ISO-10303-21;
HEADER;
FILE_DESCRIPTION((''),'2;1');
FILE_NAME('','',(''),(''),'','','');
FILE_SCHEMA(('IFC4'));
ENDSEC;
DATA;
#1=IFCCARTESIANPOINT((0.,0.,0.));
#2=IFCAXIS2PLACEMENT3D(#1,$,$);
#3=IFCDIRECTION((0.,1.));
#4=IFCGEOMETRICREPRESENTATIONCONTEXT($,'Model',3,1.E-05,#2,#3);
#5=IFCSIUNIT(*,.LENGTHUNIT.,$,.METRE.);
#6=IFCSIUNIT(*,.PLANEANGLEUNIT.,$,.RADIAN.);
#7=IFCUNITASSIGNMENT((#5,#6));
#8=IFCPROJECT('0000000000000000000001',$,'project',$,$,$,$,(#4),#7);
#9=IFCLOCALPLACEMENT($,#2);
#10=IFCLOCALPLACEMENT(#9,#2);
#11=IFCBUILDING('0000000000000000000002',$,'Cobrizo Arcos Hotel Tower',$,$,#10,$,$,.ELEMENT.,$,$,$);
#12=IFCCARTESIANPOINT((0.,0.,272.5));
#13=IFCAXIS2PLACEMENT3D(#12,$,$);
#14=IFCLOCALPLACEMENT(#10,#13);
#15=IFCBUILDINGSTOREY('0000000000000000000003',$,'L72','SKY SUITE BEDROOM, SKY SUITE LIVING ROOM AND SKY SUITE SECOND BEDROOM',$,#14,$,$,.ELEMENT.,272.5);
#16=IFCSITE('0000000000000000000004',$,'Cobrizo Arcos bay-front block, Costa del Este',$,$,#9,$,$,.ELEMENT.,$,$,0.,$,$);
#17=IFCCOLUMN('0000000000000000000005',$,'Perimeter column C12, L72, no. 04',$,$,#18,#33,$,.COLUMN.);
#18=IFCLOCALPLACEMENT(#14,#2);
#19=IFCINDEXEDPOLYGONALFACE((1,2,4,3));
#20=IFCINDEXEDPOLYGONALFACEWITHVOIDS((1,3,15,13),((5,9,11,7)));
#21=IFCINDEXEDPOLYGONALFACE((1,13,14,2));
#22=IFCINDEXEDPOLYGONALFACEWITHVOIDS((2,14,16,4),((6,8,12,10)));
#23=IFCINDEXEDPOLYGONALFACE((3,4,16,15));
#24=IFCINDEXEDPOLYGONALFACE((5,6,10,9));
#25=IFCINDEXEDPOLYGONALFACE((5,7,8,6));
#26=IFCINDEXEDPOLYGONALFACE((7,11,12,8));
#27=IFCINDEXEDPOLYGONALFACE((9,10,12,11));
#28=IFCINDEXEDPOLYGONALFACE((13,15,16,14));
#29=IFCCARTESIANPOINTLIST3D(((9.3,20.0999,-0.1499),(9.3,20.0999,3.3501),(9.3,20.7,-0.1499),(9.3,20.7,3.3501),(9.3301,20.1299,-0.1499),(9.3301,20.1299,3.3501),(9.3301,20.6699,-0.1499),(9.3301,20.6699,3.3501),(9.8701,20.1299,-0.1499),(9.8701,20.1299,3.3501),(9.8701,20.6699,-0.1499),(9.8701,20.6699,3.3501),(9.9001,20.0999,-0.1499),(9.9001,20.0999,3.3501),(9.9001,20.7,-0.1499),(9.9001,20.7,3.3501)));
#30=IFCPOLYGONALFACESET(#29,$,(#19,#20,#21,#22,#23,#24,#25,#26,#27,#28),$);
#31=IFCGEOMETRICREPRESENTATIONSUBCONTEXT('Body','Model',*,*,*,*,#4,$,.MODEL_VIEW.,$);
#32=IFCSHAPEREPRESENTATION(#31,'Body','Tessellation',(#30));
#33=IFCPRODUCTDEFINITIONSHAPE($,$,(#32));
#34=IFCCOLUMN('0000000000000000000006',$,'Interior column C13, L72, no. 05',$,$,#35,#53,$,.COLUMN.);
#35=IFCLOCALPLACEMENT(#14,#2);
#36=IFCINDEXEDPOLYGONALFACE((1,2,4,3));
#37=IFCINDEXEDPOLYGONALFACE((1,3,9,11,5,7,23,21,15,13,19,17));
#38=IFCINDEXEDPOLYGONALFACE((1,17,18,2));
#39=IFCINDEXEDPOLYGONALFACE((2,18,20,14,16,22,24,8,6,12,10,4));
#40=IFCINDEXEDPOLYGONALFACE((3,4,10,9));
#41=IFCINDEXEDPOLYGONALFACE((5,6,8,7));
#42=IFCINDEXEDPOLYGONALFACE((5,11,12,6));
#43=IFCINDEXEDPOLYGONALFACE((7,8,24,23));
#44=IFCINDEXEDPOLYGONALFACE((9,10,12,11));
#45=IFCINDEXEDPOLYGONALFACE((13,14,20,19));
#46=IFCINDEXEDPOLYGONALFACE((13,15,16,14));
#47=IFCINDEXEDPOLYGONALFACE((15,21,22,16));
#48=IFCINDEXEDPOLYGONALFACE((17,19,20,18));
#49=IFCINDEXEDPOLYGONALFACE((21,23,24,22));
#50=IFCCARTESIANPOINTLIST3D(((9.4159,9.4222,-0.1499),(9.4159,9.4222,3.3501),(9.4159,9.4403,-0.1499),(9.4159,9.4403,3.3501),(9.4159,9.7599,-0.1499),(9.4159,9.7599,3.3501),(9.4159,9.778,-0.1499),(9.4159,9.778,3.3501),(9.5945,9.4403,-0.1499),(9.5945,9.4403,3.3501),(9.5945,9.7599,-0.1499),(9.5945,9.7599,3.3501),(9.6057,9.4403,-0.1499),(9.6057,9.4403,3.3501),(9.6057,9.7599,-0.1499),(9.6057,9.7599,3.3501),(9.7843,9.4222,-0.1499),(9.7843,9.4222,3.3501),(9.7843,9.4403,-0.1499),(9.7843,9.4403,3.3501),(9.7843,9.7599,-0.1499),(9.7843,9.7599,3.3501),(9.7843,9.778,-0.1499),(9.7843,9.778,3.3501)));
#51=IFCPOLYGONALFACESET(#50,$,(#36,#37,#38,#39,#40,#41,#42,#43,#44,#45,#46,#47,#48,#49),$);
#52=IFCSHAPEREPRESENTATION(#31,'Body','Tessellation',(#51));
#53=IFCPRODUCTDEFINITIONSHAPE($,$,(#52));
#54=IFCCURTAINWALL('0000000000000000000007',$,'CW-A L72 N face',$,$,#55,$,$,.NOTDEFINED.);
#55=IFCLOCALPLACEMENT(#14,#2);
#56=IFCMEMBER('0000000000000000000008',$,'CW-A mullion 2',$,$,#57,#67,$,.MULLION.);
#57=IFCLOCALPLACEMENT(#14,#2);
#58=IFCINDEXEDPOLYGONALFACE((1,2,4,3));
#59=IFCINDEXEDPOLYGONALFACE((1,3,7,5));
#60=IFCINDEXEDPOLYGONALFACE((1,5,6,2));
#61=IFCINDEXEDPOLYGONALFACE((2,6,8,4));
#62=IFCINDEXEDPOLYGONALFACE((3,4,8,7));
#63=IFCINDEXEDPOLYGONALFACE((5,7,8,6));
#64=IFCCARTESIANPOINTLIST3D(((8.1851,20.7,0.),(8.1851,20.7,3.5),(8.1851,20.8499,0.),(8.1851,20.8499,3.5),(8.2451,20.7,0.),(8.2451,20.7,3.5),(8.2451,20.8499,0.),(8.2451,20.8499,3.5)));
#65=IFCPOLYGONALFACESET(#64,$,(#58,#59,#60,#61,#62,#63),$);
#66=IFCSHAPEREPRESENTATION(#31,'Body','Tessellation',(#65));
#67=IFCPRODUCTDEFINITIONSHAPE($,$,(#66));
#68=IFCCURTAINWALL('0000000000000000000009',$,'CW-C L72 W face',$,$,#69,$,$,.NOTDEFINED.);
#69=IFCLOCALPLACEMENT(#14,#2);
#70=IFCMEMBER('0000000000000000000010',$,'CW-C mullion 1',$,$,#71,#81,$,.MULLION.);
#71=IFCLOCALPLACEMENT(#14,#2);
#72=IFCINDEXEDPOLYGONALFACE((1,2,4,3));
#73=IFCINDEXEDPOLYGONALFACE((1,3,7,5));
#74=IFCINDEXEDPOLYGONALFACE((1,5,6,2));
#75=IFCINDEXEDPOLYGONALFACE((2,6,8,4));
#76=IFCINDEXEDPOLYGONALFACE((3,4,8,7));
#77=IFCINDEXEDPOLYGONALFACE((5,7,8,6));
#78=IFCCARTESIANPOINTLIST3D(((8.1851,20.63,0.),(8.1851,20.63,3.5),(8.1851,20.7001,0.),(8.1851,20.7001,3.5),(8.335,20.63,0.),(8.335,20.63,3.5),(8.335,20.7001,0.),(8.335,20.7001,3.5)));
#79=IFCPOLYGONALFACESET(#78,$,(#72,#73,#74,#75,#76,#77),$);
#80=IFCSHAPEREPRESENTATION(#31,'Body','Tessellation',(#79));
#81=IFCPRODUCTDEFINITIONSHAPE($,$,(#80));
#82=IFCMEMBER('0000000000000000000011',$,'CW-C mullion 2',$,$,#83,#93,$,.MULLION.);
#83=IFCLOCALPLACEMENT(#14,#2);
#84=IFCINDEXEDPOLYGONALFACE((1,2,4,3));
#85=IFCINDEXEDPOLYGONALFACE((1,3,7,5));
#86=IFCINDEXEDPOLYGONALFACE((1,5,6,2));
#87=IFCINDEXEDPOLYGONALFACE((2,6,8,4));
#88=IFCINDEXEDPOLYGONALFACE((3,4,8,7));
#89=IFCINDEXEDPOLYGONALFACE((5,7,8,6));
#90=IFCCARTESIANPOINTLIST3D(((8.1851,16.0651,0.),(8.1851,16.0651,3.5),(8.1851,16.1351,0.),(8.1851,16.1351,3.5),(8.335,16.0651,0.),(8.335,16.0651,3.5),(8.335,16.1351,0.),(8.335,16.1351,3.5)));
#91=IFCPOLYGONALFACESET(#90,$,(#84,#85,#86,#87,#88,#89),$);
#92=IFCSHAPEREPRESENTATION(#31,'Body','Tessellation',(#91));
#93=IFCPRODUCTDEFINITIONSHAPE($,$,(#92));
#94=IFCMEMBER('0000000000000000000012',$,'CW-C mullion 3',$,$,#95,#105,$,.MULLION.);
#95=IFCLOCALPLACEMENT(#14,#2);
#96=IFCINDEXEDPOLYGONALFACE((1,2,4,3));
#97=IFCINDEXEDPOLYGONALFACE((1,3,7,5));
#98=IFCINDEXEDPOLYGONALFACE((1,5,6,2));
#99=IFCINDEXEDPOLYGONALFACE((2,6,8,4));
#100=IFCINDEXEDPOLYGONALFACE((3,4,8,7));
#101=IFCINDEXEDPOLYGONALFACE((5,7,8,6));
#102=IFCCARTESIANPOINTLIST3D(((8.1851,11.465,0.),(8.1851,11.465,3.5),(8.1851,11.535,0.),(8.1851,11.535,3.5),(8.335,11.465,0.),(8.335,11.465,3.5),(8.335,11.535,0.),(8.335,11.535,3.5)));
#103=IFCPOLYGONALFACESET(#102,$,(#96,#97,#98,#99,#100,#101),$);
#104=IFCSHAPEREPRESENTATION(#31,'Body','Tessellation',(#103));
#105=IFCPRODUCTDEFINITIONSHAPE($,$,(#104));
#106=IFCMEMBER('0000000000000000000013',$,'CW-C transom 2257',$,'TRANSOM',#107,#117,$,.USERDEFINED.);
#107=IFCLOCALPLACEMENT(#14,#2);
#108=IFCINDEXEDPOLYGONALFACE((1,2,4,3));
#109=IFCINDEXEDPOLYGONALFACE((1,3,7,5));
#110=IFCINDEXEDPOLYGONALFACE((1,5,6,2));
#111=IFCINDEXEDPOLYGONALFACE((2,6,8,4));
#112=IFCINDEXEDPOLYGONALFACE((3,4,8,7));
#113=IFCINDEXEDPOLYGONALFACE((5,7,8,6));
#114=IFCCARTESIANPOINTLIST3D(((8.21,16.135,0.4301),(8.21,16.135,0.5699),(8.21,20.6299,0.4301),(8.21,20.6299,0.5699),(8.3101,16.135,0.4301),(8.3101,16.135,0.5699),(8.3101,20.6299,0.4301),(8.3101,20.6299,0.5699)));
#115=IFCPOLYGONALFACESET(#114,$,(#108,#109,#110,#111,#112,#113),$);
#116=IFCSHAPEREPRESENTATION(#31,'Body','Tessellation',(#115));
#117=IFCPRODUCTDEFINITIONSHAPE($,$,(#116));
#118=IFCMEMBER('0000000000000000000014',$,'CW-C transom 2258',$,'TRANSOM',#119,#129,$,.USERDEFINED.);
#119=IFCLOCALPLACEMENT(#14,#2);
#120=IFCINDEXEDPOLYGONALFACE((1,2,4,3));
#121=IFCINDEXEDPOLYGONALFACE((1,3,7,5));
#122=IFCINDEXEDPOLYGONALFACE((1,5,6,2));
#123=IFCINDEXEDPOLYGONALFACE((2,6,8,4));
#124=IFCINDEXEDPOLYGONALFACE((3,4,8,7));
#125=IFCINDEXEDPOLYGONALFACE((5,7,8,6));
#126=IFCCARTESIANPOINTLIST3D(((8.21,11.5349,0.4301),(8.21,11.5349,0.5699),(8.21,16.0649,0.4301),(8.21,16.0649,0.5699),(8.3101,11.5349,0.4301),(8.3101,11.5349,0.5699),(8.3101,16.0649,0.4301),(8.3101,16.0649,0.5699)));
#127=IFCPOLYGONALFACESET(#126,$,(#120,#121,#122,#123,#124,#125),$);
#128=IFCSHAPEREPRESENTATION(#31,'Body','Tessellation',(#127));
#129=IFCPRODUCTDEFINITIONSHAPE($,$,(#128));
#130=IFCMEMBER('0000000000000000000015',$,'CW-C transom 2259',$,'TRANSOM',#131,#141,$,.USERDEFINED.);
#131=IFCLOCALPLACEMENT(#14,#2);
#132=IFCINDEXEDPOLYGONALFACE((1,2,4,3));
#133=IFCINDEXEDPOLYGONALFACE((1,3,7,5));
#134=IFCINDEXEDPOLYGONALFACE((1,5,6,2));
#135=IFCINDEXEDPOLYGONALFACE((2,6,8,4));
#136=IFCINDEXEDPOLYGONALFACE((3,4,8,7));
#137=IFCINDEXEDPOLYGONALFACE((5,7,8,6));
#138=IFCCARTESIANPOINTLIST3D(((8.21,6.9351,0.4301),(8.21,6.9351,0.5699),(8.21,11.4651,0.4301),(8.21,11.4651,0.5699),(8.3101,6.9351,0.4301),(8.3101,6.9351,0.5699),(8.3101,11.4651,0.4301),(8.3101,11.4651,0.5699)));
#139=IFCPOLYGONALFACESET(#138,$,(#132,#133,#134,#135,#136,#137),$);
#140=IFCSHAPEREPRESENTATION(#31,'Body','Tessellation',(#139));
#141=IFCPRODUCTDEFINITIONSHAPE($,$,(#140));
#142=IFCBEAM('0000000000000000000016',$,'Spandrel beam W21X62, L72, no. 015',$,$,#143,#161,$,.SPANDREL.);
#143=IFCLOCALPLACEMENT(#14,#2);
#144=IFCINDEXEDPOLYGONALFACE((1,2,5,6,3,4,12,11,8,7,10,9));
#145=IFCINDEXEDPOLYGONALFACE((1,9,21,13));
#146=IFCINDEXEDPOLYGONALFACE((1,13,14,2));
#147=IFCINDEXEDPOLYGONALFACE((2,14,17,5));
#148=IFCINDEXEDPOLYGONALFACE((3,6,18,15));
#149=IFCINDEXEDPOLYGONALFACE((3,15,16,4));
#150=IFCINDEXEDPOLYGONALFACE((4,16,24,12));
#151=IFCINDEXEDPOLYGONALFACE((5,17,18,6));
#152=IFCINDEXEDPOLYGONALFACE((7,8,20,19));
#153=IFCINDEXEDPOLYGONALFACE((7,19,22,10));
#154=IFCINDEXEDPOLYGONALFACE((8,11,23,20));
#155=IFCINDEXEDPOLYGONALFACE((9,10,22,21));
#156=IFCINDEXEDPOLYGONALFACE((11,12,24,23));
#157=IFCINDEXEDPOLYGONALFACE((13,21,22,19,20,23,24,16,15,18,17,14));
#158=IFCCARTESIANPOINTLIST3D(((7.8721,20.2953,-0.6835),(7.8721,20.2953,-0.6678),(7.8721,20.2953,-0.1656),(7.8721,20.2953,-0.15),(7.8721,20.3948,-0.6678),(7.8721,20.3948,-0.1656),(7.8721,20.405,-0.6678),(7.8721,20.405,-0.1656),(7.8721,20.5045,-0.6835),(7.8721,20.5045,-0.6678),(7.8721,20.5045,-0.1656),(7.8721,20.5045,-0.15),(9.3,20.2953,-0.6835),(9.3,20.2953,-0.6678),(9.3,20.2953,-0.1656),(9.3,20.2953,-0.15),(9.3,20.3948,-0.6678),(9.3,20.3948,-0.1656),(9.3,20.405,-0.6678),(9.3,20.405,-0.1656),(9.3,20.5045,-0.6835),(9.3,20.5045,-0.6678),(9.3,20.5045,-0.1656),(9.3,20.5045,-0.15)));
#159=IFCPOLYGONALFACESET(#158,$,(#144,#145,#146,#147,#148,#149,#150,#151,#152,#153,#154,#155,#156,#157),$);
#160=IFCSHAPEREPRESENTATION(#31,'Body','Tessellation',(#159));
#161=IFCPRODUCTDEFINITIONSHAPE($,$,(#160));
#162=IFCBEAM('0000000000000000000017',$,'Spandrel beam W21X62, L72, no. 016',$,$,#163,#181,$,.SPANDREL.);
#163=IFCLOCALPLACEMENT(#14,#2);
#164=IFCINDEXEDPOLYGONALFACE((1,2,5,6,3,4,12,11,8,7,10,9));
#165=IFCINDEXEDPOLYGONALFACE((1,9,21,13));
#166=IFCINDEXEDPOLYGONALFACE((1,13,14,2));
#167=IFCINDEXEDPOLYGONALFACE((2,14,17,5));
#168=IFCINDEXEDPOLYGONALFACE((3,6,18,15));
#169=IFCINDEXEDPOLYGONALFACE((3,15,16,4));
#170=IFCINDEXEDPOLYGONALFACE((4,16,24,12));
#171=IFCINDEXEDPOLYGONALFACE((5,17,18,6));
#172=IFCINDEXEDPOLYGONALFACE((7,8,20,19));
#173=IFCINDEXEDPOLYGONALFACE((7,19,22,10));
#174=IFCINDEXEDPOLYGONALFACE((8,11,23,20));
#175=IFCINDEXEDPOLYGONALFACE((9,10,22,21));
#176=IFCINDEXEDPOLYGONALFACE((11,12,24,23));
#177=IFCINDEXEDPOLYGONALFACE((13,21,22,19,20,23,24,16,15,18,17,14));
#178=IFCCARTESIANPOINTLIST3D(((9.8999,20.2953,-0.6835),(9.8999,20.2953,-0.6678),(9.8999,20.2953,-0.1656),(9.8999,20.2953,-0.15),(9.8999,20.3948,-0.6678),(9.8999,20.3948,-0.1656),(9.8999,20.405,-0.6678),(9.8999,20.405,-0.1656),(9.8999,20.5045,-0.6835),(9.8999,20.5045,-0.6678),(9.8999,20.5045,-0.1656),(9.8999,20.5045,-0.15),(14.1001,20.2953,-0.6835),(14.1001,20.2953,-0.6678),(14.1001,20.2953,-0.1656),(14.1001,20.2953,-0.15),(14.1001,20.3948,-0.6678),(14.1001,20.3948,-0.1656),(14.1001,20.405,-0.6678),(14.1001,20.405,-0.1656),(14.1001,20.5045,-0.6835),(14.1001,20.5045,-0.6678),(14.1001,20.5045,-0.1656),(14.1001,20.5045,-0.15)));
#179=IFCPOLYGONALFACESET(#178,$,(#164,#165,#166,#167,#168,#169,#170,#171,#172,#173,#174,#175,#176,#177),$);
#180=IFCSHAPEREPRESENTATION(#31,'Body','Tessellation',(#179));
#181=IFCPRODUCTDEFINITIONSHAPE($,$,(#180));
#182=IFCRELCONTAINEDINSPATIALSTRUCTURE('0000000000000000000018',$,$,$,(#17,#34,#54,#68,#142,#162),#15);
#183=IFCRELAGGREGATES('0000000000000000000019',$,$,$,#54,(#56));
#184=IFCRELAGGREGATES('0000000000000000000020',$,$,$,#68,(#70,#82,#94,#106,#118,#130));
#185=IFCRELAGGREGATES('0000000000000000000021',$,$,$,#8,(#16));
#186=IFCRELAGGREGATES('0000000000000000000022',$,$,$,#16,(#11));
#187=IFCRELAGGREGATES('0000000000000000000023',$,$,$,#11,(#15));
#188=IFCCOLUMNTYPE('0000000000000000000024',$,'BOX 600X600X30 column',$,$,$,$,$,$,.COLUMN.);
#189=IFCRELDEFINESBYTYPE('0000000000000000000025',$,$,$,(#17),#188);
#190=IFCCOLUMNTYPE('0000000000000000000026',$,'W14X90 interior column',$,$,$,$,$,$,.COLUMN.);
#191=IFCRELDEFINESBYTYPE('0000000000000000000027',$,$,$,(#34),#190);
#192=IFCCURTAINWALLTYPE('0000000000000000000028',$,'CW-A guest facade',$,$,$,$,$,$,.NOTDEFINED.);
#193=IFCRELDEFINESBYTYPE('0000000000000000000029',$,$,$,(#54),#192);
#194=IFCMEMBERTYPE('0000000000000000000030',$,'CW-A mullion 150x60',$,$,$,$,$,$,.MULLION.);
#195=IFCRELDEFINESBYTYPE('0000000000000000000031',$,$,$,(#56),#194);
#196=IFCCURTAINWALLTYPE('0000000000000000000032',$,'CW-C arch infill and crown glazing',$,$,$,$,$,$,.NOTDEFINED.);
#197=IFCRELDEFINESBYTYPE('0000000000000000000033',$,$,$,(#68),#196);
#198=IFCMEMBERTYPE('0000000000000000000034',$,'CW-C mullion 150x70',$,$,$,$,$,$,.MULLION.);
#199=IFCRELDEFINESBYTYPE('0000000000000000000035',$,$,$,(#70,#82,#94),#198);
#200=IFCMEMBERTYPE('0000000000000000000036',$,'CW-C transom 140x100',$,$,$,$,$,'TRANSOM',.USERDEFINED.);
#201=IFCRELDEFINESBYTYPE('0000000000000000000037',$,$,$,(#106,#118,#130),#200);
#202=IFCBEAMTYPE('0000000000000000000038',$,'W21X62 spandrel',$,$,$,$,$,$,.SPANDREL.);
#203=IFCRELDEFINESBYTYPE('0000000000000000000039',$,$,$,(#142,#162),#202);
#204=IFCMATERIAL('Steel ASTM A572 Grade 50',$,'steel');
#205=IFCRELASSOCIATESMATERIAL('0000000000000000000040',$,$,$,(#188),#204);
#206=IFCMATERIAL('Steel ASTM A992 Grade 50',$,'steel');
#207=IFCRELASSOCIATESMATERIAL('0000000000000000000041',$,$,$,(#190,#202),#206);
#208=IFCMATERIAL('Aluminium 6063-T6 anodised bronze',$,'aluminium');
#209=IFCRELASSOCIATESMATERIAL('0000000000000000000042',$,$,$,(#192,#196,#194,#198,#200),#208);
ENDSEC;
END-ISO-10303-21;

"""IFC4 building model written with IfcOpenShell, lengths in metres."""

from ifc_helpers import new_model, si_unit, direction, frame, origin, origin_2d, place, context, subcontext, project, spatial, rectangle, hollow_rectangle, i_section, extrude, material, material_profile, profile_set, type_object, element, aggregate, save


model = new_model("IFC4")

# Units and contexts
model_context = context("Model", 3, precision=1e-05, world=origin(), true_north=direction((0.0, 1.0)))
body_context = subcontext(model_context, "Body", "Model", "MODEL_VIEW")
ifc_project = project(units=[si_unit("LENGTHUNIT", "METRE"), si_unit("PLANEANGLEUNIT", "RADIAN")], contexts=[model_context])

# Site, building, storey
site_placement = place(None, origin())
site = spatial("IfcSite", under=ifc_project, at=site_placement, Name="Cobrizo Arcos bay-front block, Costa del Este", CompositionType="ELEMENT", RefElevation=0.0)
building_placement = place(site_placement, origin())
building = spatial("IfcBuilding", under=site, at=building_placement, Name="Cobrizo Arcos Hotel Tower", CompositionType="ELEMENT")
storey_placement = place(building_placement, frame((0.0, 0.0, 272.5)))
storey = spatial("IfcBuildingStorey", under=building, at=storey_placement, Name="L72", Description="SKY SUITE BEDROOM, SKY SUITE LIVING ROOM AND SKY SUITE SECOND BEDROOM", CompositionType="ELEMENT", Elevation=272.5)

# Columns
ifc_material_1 = material(Name="Steel ASTM A572 Grade 50", Category="steel")
ifc_material_profile_1 = material_profile(ifc_material_1, hollow_rectangle(XDim=0.6001, YDim=0.6001, WallThickness=0.03, at=origin_2d()), Name="BOX 600X600X30")
ifc_profile_set_1 = profile_set([ifc_material_profile_1], Name="Steel ASTM A572 Grade 50")
column_type_1 = type_object("IfcColumnType", Name="BOX 600X600X30 column", PredefinedType="COLUMN", material=ifc_profile_set_1)
column_1_placement = place(storey_placement, frame((9.6001, 20.3999, -0.1499), z_axis=(0.0, 0.0, 1.0), x_axis=(1.0, 0.0, 0.0)))
element("IfcColumn", 1, at=column_1_placement, inside=storey, type_object=column_type_1, Name="Perimeter column C12, L72, no. 04", PredefinedType="COLUMN", context=body_context, shape_type="SweptSolid", body=[
    extrude(hollow_rectangle(XDim=0.6001, YDim=0.6001, WallThickness=0.03, at=origin_2d()), origin(), (0.0, 0.0, 1.0), 3.5),
])
ifc_material_2 = material(Name="Steel ASTM A992 Grade 50", Category="steel")
ifc_material_profile_2 = material_profile(ifc_material_2, i_section(OverallWidth=0.3684, OverallDepth=0.3557, WebThickness=0.0112, FlangeThickness=0.0181, at=origin_2d()), Name="W14X90")
ifc_profile_set_2 = profile_set([ifc_material_profile_2], Name="Steel ASTM A992 Grade 50")
column_type_2 = type_object("IfcColumnType", Name="W14X90 interior column", PredefinedType="COLUMN", material=ifc_profile_set_2)
column_2_placement = place(storey_placement, frame((9.6001, 9.6001, -0.1499), z_axis=(0.0, 0.0, 1.0), x_axis=(1.0, 0.0, 0.0)))
element("IfcColumn", 2, at=column_2_placement, inside=storey, type_object=column_type_2, Name="Interior column C13, L72, no. 05", PredefinedType="COLUMN", context=body_context, shape_type="SweptSolid", body=[
    extrude(i_section(OverallWidth=0.3684, OverallDepth=0.3557, WebThickness=0.0112, FlangeThickness=0.0181, at=origin_2d()), origin(), (0.0, 0.0, 1.0), 3.5),
])

# Curtain wall, member
ifc_material_3 = material(Name="Aluminium 6063-T6 anodised bronze", Category="aluminium")
curtain_wall_type_1 = type_object("IfcCurtainWallType", Name="CW-A guest facade", PredefinedType="NOTDEFINED", material=ifc_material_3)
curtain_wall_1_placement = place(storey_placement, origin())
curtain_wall_1 = element("IfcCurtainWall", 3, at=curtain_wall_1_placement, inside=storey, type_object=curtain_wall_type_1, Name="CW-A L72 N face", PredefinedType="NOTDEFINED")
ifc_material_profile_3 = material_profile(ifc_material_3, rectangle(XDim=0.1499, YDim=0.0601, at=origin_2d()), Name="CW-A mullion 150x60")
ifc_profile_set_3 = profile_set([ifc_material_profile_3], Name="Aluminium 6063-T6 anodised bronze")
member_type_1 = type_object("IfcMemberType", Name="CW-A mullion 150x60", PredefinedType="MULLION", material=ifc_profile_set_3)
member_1_placement = place(storey_placement, frame((8.2151, 20.7749, 0.0), z_axis=(0.0, 0.0, 1.0), x_axis=(0.0, 1.0, 0.0)))
member_1 = element("IfcMember", 4, at=member_1_placement, type_object=member_type_1, Name="CW-A mullion 2", PredefinedType="MULLION", context=body_context, shape_type="SweptSolid", body=[
    extrude(rectangle(XDim=0.1499, YDim=0.0601, at=origin_2d()), origin(), (0.0, 0.0, 1.0), 3.5),
])

# Curtain wall, members
curtain_wall_type_2 = type_object("IfcCurtainWallType", Name="CW-C arch infill and crown glazing", PredefinedType="NOTDEFINED", material=ifc_material_3)
curtain_wall_2_placement = place(storey_placement, origin())
curtain_wall_2 = element("IfcCurtainWall", 5, at=curtain_wall_2_placement, inside=storey, type_object=curtain_wall_type_2, Name="CW-C L72 W face", PredefinedType="NOTDEFINED")
ifc_material_profile_4 = material_profile(ifc_material_3, rectangle(XDim=0.1499, YDim=0.0701, at=origin_2d()), Name="CW-C mullion 150x70")
ifc_profile_set_4 = profile_set([ifc_material_profile_4], Name="Aluminium 6063-T6 anodised bronze")
member_type_2 = type_object("IfcMemberType", Name="CW-C mullion 150x70", PredefinedType="MULLION", material=ifc_profile_set_4)
member_2_placement = place(storey_placement, frame((8.26, 20.665, 0.0), z_axis=(0.0, 0.0, 1.0), x_axis=(-1.0, 0.0, 0.0)))
member_2 = element("IfcMember", 6, at=member_2_placement, type_object=member_type_2, Name="CW-C mullion 1", PredefinedType="MULLION", context=body_context, shape_type="SweptSolid", body=[
    extrude(rectangle(XDim=0.1499, YDim=0.0701, at=origin_2d()), origin(), (0.0, 0.0, 1.0), 3.5),
])
member_3_placement = place(storey_placement, frame((8.26, 16.1001, 0.0), z_axis=(0.0, 0.0, 1.0), x_axis=(-1.0, 0.0, 0.0)))
member_3 = element("IfcMember", 7, at=member_3_placement, type_object=member_type_2, Name="CW-C mullion 2", PredefinedType="MULLION", context=body_context, shape_type="SweptSolid", body=[
    extrude(rectangle(XDim=0.1499, YDim=0.0701, at=origin_2d()), origin(), (0.0, 0.0, 1.0), 3.5),
])
member_4_placement = place(storey_placement, frame((8.26, 11.5, 0.0), z_axis=(0.0, 0.0, 1.0), x_axis=(-1.0, 0.0, 0.0)))
member_4 = element("IfcMember", 8, at=member_4_placement, type_object=member_type_2, Name="CW-C mullion 3", PredefinedType="MULLION", context=body_context, shape_type="SweptSolid", body=[
    extrude(rectangle(XDim=0.1499, YDim=0.0701, at=origin_2d()), origin(), (0.0, 0.0, 1.0), 3.5),
])
ifc_material_profile_5 = material_profile(ifc_material_3, rectangle(XDim=0.1001, YDim=0.1399, at=origin_2d()), Name="CW-C transom 140x100")
ifc_profile_set_5 = profile_set([ifc_material_profile_5], Name="Aluminium 6063-T6 anodised bronze")
member_type_3 = type_object("IfcMemberType", Name="CW-C transom 140x100", ElementType="TRANSOM", PredefinedType="USERDEFINED", material=ifc_profile_set_5)
member_5_placement = place(storey_placement, frame((8.26, 20.6299, 0.5), z_axis=(0.0, -1.0, 0.0), x_axis=(1.0, 0.0, 0.0)))
member_5 = element("IfcMember", 9, at=member_5_placement, type_object=member_type_3, Name="CW-C transom 2257", ObjectType="TRANSOM", PredefinedType="USERDEFINED", context=body_context, shape_type="SweptSolid", body=[
    extrude(rectangle(XDim=0.1001, YDim=0.1399, at=origin_2d()), origin(), (0.0, 0.0, 1.0), 4.4949),
])
member_6_placement = place(storey_placement, frame((8.26, 16.0649, 0.5), z_axis=(0.0, -1.0, 0.0), x_axis=(1.0, 0.0, 0.0)))
member_6 = element("IfcMember", 10, at=member_6_placement, type_object=member_type_3, Name="CW-C transom 2258", ObjectType="TRANSOM", PredefinedType="USERDEFINED", context=body_context, shape_type="SweptSolid", body=[
    extrude(rectangle(XDim=0.1001, YDim=0.1399, at=origin_2d()), origin(), (0.0, 0.0, 1.0), 4.53),
])
member_7_placement = place(storey_placement, frame((8.26, 11.4651, 0.5), z_axis=(0.0, -1.0, 0.0), x_axis=(1.0, 0.0, 0.0)))
member_7 = element("IfcMember", 11, at=member_7_placement, type_object=member_type_3, Name="CW-C transom 2259", ObjectType="TRANSOM", PredefinedType="USERDEFINED", context=body_context, shape_type="SweptSolid", body=[
    extrude(rectangle(XDim=0.1001, YDim=0.1399, at=origin_2d()), origin(), (0.0, 0.0, 1.0), 4.53),
])

# Beams
ifc_material_profile_6 = material_profile(ifc_material_2, i_section(OverallWidth=0.2092, OverallDepth=0.5334, WebThickness=0.0103, FlangeThickness=0.0156, at=origin_2d()), Name="W21X62")
ifc_profile_set_6 = profile_set([ifc_material_profile_6], Name="Steel ASTM A992 Grade 50")
beam_type_1 = type_object("IfcBeamType", Name="W21X62 spandrel", PredefinedType="SPANDREL", material=ifc_profile_set_6)
beam_1_placement = place(storey_placement, frame((7.8721, 20.3999, -0.4167), z_axis=(1.0, 0.0, 0.0), x_axis=(0.0, 1.0, 0.0)))
element("IfcBeam", 12, at=beam_1_placement, inside=storey, type_object=beam_type_1, Name="Spandrel beam W21X62, L72, no. 015", PredefinedType="SPANDREL", context=body_context, shape_type="SweptSolid", body=[
    extrude(i_section(OverallWidth=0.2092, OverallDepth=0.5334, WebThickness=0.0103, FlangeThickness=0.0156, at=origin_2d()), origin(), (0.0, 0.0, 1.0), 1.428),
])
beam_2_placement = place(storey_placement, frame((9.8999, 20.3999, -0.4167), z_axis=(1.0, 0.0, 0.0), x_axis=(0.0, 1.0, 0.0)))
element("IfcBeam", 13, at=beam_2_placement, inside=storey, type_object=beam_type_1, Name="Spandrel beam W21X62, L72, no. 016", PredefinedType="SPANDREL", context=body_context, shape_type="SweptSolid", body=[
    extrude(i_section(OverallWidth=0.2092, OverallDepth=0.5334, WebThickness=0.0103, FlangeThickness=0.0156, at=origin_2d()), origin(), (0.0, 0.0, 1.0), 4.2002),
])

aggregate(curtain_wall_1, [member_1])
aggregate(curtain_wall_2, [member_2, member_3, member_4, member_5, member_6, member_7])

save(model, "model.ifc")
